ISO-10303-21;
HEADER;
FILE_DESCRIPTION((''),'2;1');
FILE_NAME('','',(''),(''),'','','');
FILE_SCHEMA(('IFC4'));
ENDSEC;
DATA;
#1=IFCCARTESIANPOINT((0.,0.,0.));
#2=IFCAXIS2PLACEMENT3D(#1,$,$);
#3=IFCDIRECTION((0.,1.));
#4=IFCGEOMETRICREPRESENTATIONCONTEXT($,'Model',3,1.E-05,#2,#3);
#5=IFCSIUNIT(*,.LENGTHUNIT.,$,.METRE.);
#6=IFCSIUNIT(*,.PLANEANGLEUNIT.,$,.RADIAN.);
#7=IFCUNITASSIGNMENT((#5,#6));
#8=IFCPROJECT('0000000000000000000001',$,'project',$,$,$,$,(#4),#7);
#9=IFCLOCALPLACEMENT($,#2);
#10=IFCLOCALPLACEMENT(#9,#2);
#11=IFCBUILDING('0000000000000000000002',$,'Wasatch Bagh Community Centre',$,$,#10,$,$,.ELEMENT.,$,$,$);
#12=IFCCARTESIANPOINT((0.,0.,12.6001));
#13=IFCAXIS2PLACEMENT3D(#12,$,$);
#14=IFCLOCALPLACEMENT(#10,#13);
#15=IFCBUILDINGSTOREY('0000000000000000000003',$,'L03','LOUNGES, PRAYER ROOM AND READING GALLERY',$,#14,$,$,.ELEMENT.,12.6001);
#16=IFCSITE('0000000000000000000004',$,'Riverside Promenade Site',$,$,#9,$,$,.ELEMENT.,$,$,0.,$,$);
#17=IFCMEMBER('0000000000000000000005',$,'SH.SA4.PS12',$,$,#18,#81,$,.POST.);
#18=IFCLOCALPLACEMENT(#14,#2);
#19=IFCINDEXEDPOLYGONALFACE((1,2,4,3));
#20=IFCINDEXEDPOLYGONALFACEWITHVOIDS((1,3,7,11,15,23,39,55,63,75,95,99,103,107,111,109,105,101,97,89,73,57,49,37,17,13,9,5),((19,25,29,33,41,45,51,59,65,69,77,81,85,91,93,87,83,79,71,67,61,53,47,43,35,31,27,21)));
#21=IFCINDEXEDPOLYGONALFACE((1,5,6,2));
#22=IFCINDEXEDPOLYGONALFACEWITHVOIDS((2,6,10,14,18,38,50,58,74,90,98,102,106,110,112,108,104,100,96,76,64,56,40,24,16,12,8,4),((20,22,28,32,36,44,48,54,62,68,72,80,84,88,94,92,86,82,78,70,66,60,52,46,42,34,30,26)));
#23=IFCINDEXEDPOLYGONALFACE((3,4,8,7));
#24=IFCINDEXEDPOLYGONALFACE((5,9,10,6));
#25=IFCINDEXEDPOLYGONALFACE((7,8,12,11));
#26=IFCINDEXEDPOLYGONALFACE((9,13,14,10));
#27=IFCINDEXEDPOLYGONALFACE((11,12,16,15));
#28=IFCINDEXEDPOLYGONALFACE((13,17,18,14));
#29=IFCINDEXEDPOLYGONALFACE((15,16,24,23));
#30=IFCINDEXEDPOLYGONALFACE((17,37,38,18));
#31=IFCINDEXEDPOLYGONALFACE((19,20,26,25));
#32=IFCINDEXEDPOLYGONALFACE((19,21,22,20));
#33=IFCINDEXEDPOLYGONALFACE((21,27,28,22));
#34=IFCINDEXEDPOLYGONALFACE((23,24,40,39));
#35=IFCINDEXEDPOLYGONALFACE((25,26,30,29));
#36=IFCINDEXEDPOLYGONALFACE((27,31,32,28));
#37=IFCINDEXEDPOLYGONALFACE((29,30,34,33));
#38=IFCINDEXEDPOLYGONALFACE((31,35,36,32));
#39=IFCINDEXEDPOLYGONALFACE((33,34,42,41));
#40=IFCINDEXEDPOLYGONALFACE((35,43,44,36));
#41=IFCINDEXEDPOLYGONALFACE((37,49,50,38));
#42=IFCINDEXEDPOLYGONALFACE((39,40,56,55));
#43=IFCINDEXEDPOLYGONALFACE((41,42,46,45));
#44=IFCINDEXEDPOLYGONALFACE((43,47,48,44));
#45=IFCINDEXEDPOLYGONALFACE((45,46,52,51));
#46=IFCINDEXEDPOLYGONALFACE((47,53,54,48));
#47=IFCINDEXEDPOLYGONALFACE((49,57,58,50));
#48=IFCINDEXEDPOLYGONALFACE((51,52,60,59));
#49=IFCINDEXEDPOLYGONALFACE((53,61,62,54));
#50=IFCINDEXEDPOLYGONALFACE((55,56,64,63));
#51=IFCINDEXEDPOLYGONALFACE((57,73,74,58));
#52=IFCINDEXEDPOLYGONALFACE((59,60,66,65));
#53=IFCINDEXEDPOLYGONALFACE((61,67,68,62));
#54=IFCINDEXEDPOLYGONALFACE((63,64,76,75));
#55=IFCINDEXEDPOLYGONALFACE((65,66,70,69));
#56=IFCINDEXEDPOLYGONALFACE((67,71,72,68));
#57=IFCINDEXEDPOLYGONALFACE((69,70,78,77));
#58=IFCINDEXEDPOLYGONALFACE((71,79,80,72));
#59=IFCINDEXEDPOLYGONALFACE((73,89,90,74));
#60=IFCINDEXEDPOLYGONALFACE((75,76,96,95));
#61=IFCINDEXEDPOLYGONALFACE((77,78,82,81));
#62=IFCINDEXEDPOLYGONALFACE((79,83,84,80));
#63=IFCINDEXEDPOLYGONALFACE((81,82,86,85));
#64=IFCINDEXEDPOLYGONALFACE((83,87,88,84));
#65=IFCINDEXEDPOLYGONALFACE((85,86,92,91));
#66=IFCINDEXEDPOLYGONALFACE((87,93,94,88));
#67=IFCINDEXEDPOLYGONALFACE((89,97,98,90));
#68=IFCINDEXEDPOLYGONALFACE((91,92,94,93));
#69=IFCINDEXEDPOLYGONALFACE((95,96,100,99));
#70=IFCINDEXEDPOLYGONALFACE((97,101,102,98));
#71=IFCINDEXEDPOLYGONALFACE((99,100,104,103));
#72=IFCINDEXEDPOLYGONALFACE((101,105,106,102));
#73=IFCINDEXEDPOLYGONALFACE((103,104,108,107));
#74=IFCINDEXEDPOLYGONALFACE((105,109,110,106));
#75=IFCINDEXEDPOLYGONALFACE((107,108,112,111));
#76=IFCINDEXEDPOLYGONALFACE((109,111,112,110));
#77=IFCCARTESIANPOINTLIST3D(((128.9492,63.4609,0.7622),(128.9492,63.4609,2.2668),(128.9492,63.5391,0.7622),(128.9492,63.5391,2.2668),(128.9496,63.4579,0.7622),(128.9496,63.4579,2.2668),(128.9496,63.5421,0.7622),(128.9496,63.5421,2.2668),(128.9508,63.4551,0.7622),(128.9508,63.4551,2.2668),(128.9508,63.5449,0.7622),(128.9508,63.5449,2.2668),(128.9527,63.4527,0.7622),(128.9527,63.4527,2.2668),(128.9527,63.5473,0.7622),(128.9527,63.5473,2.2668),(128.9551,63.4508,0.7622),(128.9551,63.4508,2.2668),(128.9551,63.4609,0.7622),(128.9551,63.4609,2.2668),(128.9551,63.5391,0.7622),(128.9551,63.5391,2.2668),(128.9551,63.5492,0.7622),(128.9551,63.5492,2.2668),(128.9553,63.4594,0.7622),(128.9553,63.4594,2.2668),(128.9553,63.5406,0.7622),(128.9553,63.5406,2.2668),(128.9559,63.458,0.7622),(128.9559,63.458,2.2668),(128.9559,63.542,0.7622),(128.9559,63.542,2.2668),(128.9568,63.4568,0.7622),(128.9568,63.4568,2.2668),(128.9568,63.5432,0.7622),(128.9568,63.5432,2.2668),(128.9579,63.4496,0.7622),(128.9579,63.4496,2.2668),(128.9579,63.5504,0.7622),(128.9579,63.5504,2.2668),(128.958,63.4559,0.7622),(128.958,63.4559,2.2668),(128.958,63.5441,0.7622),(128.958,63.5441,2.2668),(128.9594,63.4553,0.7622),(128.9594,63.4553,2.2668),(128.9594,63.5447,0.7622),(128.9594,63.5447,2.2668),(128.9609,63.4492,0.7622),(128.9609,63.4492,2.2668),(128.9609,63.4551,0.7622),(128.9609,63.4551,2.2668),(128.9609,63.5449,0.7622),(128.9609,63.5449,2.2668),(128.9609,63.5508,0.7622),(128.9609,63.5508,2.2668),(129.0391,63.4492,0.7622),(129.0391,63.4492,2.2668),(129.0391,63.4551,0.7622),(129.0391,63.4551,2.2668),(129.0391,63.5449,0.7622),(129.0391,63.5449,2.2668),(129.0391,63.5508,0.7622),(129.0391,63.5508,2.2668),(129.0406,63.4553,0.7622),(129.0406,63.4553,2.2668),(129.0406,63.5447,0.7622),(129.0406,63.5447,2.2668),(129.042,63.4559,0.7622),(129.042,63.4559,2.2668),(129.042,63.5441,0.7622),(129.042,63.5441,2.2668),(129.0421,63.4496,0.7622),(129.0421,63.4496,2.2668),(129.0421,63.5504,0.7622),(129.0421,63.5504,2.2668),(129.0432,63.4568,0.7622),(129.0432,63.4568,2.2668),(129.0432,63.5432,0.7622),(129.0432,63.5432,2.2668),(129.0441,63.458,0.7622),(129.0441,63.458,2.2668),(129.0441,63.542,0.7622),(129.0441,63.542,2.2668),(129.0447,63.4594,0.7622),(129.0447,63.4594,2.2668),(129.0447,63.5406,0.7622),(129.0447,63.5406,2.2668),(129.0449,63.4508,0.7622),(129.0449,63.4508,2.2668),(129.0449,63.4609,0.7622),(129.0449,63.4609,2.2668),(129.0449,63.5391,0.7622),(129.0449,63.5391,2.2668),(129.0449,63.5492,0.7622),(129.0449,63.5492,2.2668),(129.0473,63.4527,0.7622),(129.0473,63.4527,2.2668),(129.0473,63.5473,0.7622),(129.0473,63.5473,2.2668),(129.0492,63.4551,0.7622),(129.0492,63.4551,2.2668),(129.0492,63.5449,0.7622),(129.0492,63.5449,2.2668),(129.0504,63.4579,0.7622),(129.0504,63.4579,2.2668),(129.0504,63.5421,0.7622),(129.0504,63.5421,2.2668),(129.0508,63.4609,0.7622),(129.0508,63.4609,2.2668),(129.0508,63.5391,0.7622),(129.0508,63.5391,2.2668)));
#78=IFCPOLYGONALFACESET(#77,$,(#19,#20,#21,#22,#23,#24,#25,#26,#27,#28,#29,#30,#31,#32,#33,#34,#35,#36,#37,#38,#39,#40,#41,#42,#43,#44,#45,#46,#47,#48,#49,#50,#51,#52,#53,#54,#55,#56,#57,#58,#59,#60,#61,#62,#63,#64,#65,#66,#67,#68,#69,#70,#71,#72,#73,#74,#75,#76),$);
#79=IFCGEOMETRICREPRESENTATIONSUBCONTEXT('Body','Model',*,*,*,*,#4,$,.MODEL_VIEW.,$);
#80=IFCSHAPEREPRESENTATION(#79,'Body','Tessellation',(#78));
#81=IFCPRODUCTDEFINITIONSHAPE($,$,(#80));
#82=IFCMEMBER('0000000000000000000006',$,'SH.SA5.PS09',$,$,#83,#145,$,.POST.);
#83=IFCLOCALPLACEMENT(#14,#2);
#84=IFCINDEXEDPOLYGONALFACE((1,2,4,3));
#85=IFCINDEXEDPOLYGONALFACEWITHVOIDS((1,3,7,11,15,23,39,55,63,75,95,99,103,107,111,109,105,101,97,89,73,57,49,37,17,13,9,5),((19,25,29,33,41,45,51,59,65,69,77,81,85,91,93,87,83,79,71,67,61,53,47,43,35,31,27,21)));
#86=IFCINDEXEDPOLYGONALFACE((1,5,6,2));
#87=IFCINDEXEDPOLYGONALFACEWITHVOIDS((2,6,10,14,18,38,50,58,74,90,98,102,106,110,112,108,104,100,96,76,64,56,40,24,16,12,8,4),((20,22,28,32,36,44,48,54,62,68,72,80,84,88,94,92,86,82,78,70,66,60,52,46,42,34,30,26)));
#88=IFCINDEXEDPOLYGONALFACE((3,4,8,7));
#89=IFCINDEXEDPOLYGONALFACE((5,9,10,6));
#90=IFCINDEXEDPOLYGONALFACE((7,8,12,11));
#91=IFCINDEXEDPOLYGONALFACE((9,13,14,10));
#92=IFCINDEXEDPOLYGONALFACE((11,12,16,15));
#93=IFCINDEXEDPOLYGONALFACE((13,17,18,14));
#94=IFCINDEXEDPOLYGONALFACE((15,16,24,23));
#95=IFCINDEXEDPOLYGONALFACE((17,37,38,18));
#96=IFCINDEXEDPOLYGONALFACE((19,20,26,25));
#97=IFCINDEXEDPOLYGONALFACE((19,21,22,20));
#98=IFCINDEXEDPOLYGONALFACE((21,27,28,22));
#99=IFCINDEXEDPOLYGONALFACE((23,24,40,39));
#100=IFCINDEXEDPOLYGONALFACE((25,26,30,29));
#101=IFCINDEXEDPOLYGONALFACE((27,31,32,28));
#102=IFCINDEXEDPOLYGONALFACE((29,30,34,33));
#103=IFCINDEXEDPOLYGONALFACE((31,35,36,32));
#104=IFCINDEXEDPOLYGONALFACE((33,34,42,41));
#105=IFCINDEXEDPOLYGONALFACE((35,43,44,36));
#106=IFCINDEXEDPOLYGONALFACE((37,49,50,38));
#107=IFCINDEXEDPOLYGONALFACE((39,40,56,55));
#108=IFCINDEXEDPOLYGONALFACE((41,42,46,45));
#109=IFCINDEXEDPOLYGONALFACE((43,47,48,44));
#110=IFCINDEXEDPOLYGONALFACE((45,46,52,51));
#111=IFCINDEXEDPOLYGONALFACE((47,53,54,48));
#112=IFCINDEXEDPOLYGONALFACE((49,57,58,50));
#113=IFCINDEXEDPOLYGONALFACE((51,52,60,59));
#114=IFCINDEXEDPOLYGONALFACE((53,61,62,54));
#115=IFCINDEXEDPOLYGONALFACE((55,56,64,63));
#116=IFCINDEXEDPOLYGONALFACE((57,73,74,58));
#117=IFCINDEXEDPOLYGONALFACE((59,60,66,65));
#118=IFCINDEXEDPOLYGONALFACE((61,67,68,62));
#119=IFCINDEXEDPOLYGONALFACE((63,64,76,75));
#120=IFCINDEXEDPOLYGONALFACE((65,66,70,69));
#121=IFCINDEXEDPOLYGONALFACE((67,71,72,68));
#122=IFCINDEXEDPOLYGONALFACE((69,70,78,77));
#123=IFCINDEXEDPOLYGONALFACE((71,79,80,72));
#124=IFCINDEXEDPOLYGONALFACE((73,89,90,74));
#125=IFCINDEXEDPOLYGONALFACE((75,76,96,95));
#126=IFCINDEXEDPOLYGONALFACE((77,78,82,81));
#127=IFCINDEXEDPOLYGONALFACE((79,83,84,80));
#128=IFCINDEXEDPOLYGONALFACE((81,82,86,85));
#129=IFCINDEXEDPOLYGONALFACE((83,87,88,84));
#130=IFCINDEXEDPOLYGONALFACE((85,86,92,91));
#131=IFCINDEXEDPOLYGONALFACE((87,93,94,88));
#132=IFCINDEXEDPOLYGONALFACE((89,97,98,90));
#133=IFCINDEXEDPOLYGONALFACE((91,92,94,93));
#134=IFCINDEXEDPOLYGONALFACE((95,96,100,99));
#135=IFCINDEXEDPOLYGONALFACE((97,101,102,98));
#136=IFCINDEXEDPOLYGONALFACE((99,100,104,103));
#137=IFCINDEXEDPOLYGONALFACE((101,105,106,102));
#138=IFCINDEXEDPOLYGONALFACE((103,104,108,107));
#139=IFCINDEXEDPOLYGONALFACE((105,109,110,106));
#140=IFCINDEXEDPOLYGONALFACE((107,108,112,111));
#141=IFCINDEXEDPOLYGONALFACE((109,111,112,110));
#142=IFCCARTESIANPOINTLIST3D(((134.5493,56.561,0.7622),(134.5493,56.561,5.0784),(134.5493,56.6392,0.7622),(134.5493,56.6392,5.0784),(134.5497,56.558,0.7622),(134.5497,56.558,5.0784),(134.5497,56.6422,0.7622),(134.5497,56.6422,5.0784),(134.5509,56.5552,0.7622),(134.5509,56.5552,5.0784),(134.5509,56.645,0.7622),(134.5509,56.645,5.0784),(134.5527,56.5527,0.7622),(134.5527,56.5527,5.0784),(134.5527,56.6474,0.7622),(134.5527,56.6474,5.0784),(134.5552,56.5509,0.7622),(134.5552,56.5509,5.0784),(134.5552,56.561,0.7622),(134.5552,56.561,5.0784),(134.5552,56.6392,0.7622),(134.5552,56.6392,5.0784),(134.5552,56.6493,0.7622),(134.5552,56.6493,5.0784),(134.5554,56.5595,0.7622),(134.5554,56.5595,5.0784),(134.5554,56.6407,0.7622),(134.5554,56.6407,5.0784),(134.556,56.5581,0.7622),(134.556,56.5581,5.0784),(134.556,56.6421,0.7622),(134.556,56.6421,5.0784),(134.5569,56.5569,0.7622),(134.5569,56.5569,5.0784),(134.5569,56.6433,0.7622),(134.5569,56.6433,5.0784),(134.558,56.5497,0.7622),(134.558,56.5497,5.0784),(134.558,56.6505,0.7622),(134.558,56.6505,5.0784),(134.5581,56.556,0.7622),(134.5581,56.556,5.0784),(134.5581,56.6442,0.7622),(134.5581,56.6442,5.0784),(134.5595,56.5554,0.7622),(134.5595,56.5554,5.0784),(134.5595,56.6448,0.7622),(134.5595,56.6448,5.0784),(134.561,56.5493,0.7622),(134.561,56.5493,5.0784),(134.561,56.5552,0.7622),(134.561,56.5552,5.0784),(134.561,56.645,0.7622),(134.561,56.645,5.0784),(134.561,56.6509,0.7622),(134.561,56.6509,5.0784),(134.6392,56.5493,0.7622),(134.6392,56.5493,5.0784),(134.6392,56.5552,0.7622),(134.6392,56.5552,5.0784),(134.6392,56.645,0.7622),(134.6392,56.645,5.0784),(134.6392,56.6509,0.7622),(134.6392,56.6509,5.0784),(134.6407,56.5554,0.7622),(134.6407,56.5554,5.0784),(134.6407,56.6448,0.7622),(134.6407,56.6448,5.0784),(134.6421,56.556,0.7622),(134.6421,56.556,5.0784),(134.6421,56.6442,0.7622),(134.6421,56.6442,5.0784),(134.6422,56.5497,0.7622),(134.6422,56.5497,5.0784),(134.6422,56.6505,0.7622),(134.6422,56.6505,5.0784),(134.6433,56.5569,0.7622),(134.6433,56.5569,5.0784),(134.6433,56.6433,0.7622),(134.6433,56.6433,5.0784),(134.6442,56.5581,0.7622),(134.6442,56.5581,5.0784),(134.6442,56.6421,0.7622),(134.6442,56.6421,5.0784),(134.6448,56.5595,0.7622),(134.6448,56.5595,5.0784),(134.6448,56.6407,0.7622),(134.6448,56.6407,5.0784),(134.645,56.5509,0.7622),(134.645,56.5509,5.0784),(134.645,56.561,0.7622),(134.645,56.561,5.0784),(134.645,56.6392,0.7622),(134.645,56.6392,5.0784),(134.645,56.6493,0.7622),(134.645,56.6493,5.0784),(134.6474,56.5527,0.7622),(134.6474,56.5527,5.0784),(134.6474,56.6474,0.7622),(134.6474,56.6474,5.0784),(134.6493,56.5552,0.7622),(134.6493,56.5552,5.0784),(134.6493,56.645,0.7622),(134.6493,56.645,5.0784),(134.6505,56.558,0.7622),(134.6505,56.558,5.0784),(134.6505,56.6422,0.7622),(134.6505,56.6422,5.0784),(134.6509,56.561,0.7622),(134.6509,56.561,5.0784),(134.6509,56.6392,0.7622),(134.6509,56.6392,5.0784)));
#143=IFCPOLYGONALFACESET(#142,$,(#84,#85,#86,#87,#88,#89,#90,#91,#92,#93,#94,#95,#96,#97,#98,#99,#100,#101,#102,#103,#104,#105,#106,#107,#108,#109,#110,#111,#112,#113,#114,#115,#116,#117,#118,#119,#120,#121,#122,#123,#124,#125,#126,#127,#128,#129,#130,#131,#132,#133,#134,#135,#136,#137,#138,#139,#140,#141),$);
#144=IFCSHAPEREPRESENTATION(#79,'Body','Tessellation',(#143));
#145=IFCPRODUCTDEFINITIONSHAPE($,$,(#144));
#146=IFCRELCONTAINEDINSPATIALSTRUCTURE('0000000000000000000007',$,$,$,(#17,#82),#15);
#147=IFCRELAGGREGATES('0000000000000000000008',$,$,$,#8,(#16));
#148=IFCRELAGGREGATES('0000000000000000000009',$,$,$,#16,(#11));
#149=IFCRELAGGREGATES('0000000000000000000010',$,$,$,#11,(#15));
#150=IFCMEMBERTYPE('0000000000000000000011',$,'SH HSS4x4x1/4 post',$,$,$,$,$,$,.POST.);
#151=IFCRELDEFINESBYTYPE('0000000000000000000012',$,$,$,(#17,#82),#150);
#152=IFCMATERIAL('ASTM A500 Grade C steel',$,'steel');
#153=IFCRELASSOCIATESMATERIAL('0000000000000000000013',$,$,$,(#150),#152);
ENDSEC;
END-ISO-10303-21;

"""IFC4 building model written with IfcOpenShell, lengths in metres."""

from ifc_helpers import new_model, si_unit, direction, frame, origin, origin_2d, place, context, subcontext, project, spatial, hollow_rectangle, extrude, material, material_profile, profile_set, type_object, element, save


model = new_model("IFC4")

# Units and contexts
model_context = context("Model", 3, precision=1e-05, world=origin(), true_north=direction((0.0, 1.0)))
body_context = subcontext(model_context, "Body", "Model", "MODEL_VIEW")
ifc_project = project(units=[si_unit("LENGTHUNIT", "METRE"), si_unit("PLANEANGLEUNIT", "RADIAN")], contexts=[model_context])

# Site, building, storey
site_placement = place(None, origin())
site = spatial("IfcSite", under=ifc_project, at=site_placement, Name="Riverside Promenade Site", CompositionType="ELEMENT", RefElevation=0.0)
building_placement = place(site_placement, origin())
building = spatial("IfcBuilding", under=site, at=building_placement, Name="Wasatch Bagh Community Centre", CompositionType="ELEMENT")
storey_placement = place(building_placement, frame((0.0, 0.0, 12.6001)))
storey = spatial("IfcBuildingStorey", under=building, at=storey_placement, Name="L03", Description="LOUNGES, PRAYER ROOM AND READING GALLERY", CompositionType="ELEMENT", Elevation=12.6001)

# Members
ifc_material_1 = material(Name="ASTM A500 Grade C steel", Category="steel")
ifc_material_profile_1 = material_profile(ifc_material_1, hollow_rectangle(XDim=0.1016, YDim=0.1016, WallThickness=0.0059, InnerFilletRadius=0.0059, OuterFilletRadius=0.0117, at=origin_2d()), Name="HSS4x4x1/4")
ifc_profile_set_1 = profile_set([ifc_material_profile_1], Name="ASTM A500 Grade C steel")
member_type_1 = type_object("IfcMemberType", Name="SH HSS4x4x1/4 post", PredefinedType="POST", material=ifc_profile_set_1)
member_1_placement = place(storey_placement, frame((129.0, 63.5, 0.7622), z_axis=(0.0, 0.0, 1.0), x_axis=(1.0, 0.0, 0.0)))
element("IfcMember", 1, at=member_1_placement, inside=storey, type_object=member_type_1, Name="SH.SA4.PS12", PredefinedType="POST", context=body_context, shape_type="SweptSolid", body=[
    extrude(hollow_rectangle(XDim=0.1016, YDim=0.1016, WallThickness=0.0059, InnerFilletRadius=0.0059, OuterFilletRadius=0.0117, at=origin_2d()), origin(), (0.0, 0.0, 1.0), 1.5046),
])
member_2_placement = place(storey_placement, frame((134.6001, 56.6001, 0.7622), z_axis=(0.0, 0.0, 1.0), x_axis=(1.0, 0.0, 0.0)))
element("IfcMember", 2, at=member_2_placement, inside=storey, type_object=member_type_1, Name="SH.SA5.PS09", PredefinedType="POST", context=body_context, shape_type="SweptSolid", body=[
    extrude(hollow_rectangle(XDim=0.1016, YDim=0.1016, WallThickness=0.0059, InnerFilletRadius=0.0059, OuterFilletRadius=0.0117, at=origin_2d()), origin(), (0.0, 0.0, 1.0), 4.3162),
])

save(model, "model.ifc")
